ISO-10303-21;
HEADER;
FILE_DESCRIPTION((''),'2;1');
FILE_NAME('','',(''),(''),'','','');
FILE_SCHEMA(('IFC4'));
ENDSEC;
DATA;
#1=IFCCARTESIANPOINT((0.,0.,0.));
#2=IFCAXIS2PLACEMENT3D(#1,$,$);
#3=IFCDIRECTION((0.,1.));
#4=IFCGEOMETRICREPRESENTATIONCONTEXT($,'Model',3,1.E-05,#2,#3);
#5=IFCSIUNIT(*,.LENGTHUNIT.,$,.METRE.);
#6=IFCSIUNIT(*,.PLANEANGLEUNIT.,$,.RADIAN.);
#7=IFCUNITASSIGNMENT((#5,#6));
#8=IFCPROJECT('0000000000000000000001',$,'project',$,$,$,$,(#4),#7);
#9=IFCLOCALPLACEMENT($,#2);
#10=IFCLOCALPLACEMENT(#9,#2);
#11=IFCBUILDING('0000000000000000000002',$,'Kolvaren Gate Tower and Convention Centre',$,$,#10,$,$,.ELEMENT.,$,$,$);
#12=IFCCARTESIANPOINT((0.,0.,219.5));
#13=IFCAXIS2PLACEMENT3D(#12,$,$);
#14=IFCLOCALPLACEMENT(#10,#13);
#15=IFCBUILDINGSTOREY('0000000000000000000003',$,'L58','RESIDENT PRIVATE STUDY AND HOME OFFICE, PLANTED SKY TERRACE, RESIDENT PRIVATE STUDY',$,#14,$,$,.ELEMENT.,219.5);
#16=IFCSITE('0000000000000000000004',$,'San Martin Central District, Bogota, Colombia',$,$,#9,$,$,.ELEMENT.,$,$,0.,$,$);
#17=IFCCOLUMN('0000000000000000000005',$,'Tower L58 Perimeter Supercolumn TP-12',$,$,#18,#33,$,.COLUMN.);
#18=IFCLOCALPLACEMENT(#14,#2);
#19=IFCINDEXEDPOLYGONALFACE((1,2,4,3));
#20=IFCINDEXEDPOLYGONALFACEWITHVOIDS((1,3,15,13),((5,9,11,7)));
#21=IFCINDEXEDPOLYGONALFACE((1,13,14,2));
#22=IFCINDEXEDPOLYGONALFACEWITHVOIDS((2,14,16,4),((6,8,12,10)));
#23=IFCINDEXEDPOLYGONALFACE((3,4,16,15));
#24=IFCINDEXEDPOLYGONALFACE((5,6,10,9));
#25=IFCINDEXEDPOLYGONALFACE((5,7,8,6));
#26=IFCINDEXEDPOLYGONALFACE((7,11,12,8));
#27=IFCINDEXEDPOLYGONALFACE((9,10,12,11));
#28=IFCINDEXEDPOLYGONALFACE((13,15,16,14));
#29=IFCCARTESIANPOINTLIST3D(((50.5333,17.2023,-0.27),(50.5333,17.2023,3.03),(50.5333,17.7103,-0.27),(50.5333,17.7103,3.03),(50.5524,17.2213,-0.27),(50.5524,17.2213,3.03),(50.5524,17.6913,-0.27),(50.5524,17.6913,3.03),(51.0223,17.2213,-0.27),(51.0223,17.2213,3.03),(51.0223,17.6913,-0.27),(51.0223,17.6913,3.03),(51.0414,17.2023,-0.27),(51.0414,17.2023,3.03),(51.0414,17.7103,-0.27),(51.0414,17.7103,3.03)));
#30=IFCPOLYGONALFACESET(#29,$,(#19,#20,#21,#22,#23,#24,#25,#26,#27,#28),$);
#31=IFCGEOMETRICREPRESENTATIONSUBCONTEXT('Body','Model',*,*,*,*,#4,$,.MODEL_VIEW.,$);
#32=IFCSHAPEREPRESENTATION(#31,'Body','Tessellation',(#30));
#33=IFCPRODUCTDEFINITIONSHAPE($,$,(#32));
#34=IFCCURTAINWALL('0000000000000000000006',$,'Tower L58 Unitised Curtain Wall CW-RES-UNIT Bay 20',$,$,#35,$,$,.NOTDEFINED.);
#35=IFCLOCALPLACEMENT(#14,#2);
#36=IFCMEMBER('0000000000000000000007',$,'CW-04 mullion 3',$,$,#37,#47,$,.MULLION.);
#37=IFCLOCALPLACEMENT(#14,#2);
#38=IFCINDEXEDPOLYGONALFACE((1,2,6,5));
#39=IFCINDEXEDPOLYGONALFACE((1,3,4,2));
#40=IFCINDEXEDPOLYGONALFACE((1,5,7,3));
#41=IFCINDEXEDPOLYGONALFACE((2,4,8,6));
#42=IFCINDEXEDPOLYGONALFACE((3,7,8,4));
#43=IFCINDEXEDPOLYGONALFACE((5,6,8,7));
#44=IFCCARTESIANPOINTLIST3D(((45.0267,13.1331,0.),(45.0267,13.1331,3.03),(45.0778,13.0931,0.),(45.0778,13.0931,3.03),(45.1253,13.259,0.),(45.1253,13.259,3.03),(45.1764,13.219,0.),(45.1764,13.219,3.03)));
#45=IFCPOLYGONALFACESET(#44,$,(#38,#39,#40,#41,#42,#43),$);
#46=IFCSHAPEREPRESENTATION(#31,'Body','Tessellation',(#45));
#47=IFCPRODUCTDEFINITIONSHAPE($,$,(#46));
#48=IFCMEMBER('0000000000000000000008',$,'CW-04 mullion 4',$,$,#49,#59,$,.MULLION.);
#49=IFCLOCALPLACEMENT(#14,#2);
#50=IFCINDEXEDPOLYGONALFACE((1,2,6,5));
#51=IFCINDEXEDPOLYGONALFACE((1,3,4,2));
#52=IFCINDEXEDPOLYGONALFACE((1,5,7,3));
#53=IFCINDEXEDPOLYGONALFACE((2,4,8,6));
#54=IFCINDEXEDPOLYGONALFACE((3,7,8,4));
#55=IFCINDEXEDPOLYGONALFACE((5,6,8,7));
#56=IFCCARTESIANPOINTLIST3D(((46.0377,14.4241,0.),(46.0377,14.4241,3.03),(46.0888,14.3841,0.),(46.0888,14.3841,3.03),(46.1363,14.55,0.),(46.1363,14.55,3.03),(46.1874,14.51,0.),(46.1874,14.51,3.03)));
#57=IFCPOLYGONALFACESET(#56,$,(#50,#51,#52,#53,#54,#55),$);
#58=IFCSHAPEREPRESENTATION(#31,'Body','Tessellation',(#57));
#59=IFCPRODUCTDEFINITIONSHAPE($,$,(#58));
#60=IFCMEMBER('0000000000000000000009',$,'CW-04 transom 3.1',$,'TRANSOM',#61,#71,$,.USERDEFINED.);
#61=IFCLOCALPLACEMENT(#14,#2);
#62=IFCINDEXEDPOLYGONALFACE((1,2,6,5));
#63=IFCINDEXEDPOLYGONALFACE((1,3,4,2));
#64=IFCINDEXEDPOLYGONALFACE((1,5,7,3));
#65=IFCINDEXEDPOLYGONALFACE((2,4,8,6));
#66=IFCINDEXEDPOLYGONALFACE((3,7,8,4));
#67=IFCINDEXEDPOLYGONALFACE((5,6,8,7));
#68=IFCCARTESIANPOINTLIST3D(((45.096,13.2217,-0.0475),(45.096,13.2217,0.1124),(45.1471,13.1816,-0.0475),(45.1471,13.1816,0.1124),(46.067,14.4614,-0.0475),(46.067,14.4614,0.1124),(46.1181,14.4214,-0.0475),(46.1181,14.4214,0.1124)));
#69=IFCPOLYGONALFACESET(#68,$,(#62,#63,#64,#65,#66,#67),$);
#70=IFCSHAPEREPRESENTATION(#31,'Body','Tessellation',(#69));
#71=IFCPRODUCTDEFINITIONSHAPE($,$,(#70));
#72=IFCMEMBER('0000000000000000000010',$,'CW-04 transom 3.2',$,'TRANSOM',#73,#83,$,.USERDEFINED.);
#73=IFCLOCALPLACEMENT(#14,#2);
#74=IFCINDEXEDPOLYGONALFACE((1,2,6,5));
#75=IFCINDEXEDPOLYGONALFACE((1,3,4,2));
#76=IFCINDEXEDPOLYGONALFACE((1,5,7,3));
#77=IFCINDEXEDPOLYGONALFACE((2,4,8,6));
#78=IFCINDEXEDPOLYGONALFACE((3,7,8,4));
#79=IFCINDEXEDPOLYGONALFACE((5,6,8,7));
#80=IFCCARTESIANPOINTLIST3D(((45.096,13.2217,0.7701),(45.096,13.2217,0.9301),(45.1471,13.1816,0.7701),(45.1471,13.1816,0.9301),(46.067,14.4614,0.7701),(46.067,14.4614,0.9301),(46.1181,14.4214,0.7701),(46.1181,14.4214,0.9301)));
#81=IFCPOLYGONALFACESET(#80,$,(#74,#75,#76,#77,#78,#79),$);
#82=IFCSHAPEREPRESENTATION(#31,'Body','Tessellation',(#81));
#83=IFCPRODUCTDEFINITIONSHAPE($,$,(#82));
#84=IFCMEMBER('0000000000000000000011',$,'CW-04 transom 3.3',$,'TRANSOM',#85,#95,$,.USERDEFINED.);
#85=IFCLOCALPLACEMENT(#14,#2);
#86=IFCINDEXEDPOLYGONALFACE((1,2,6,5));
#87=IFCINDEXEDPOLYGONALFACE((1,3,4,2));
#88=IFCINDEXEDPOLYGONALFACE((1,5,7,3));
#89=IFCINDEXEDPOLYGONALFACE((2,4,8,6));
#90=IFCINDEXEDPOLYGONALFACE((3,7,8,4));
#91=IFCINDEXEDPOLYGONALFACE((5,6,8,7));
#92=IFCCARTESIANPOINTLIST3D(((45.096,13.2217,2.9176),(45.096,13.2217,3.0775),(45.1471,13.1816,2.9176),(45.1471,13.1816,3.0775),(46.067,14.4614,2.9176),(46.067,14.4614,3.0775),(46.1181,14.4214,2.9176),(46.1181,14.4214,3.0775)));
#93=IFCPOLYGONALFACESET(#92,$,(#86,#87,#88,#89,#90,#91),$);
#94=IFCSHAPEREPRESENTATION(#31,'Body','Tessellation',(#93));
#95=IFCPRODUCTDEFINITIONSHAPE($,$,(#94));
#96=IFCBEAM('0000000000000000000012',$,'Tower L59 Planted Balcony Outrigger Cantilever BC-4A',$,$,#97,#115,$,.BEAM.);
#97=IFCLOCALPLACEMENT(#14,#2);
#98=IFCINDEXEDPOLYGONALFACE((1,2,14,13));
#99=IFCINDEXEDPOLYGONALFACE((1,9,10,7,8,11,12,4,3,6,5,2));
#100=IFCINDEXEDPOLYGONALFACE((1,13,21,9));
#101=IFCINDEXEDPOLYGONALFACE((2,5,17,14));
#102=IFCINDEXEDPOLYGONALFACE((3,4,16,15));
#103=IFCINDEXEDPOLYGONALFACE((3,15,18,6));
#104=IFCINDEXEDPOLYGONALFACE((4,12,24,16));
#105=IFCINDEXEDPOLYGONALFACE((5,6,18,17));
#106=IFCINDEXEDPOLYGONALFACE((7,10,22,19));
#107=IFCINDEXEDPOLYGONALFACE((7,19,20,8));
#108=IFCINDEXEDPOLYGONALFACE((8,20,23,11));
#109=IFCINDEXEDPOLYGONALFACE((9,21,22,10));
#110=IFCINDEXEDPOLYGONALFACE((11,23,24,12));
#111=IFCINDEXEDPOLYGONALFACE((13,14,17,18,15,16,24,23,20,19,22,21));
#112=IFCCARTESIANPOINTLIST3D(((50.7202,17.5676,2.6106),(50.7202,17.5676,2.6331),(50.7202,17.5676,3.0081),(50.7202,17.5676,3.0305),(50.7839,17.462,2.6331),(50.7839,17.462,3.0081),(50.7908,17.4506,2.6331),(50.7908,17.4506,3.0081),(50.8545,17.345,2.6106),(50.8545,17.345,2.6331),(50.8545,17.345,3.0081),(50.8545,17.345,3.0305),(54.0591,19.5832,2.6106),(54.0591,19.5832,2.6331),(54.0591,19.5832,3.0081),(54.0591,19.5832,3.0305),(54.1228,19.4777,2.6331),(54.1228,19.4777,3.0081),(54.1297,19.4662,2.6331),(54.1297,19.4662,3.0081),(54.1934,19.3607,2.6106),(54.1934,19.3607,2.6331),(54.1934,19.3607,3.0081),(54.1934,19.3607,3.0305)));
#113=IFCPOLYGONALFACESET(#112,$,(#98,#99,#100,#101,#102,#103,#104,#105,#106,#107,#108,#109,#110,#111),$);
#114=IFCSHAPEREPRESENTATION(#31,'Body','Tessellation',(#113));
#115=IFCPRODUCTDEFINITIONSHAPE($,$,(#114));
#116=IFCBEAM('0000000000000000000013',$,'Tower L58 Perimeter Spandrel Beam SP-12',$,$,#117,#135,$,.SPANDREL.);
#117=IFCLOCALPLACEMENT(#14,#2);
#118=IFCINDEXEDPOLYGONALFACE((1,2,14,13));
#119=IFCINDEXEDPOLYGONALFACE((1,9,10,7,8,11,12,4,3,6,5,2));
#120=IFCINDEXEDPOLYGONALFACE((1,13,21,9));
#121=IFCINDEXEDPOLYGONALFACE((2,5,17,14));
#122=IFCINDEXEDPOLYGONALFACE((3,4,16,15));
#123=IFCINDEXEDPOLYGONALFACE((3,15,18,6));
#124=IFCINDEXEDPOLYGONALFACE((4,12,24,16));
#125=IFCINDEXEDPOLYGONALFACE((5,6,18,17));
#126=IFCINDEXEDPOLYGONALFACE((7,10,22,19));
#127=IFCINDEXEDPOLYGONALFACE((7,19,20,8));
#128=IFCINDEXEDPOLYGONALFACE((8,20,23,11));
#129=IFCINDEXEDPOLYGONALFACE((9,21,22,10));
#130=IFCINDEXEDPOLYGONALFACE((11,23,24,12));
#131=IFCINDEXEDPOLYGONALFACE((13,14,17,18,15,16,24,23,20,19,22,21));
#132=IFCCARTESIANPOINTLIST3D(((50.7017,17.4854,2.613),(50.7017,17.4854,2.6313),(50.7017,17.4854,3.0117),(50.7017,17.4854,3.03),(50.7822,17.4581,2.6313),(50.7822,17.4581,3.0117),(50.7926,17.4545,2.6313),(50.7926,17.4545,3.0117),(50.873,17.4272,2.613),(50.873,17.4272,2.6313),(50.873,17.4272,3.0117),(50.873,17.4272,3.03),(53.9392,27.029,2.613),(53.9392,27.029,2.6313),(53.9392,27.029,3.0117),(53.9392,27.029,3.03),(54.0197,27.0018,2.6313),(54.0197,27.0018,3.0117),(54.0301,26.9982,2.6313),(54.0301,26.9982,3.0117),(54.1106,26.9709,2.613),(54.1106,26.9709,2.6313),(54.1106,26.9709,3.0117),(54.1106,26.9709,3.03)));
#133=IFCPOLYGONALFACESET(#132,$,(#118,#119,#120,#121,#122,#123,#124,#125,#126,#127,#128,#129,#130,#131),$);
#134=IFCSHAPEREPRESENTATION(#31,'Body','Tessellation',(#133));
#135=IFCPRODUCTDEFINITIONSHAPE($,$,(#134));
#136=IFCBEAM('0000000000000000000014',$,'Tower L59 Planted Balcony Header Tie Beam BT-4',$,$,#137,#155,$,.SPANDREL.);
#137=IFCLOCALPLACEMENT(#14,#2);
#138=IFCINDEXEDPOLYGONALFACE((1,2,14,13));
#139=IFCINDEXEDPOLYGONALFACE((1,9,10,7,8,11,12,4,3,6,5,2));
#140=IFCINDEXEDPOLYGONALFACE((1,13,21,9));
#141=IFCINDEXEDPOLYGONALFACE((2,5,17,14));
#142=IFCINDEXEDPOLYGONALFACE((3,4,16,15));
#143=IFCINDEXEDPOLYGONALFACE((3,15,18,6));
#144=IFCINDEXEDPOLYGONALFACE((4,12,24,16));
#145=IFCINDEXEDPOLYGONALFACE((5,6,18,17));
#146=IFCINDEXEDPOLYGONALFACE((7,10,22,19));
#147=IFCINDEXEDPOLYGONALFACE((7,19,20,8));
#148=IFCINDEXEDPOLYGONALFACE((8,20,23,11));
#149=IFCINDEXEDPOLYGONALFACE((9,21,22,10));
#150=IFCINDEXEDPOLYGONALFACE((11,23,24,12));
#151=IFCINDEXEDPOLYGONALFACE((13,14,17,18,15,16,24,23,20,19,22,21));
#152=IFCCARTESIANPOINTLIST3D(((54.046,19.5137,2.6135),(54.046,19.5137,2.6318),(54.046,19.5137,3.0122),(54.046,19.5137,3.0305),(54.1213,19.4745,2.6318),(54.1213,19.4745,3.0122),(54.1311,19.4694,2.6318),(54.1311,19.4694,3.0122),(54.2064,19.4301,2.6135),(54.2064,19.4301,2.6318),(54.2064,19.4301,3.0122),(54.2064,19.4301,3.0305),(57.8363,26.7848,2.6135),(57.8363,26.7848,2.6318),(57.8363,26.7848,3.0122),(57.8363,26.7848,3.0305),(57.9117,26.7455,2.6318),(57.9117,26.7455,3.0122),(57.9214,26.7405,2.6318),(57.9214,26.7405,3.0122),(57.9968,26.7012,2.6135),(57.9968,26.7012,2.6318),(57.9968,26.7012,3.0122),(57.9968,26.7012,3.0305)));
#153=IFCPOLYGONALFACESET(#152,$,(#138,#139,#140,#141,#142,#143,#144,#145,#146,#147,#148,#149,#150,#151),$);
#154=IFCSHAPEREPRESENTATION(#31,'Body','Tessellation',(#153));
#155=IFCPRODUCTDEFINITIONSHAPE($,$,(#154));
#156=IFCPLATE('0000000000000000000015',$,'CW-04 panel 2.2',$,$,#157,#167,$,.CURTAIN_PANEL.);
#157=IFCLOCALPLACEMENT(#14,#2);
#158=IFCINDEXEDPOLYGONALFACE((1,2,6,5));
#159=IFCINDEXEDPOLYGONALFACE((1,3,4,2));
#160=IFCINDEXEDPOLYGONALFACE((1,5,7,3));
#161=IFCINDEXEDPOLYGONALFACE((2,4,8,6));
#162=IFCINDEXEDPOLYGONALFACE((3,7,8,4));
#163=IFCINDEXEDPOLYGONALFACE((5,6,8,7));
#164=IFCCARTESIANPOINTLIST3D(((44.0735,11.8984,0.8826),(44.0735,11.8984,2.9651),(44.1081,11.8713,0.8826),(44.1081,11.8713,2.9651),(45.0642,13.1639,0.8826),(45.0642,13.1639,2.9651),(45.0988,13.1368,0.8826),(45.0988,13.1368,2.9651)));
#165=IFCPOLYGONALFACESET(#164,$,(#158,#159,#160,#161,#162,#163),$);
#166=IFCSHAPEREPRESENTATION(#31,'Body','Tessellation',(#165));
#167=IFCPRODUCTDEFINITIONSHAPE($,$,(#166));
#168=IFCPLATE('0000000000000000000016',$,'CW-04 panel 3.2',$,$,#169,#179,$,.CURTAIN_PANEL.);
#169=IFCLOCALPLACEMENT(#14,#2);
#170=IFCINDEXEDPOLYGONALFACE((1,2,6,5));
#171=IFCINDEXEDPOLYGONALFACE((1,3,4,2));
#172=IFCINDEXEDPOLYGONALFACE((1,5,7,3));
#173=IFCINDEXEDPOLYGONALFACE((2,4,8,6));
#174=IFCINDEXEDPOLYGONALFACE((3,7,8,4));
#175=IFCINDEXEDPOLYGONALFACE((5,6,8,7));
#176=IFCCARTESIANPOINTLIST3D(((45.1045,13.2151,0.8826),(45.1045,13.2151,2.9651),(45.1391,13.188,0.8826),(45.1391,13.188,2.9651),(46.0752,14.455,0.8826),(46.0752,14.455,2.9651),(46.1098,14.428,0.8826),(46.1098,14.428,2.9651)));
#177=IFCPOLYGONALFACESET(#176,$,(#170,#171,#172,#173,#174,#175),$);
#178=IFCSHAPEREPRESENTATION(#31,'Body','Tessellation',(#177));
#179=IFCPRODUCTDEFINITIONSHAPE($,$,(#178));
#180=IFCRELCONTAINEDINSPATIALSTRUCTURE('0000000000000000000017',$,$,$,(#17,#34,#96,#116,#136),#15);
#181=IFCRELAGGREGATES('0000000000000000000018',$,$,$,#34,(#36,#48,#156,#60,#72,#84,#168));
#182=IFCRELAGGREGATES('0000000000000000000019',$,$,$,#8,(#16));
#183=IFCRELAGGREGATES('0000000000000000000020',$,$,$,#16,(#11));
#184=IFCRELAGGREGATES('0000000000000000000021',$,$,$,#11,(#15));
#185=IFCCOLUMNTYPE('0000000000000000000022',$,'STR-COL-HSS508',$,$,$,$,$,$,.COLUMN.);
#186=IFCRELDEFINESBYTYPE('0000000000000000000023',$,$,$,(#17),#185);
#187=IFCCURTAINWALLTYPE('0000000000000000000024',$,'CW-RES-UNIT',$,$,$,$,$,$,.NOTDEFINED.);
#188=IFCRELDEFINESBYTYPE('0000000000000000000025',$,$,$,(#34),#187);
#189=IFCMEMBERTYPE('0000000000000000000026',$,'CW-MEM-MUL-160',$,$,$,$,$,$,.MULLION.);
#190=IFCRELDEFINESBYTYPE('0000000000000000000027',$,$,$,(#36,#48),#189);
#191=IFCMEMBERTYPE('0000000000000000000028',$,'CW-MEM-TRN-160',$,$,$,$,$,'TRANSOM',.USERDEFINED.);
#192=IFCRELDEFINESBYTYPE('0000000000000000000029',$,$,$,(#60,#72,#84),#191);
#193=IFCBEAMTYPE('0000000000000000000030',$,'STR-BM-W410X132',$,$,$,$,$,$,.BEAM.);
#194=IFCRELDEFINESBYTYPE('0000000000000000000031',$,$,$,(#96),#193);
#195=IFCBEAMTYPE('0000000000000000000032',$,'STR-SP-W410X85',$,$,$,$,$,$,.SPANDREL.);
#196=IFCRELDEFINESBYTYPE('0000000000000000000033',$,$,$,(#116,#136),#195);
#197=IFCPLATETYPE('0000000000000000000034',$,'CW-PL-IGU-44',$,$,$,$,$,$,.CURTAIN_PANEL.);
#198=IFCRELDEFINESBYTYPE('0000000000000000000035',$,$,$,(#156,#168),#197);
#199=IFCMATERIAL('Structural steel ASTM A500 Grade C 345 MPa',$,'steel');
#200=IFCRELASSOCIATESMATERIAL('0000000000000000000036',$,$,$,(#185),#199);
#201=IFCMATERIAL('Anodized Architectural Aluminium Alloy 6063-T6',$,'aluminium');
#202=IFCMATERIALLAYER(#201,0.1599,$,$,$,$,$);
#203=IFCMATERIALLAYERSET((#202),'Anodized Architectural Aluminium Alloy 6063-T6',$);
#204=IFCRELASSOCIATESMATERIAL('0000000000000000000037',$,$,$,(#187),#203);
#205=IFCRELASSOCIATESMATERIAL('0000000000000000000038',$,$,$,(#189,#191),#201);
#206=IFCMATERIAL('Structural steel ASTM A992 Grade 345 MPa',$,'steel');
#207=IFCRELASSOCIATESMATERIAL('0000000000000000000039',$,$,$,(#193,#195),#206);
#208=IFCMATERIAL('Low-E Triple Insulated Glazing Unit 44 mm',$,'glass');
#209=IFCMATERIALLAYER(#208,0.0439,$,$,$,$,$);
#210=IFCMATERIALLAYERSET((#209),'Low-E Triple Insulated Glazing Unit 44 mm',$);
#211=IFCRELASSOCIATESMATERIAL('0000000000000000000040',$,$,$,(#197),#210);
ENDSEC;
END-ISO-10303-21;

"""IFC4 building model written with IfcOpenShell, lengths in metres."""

from ifc_helpers import new_model, si_unit, direction, frame, origin, origin_2d, place, context, subcontext, project, spatial, rectangle, hollow_rectangle, i_section, extrude, material, layer, layer_set, material_profile, profile_set, type_object, element, aggregate, save


model = new_model("IFC4")

# Units and contexts
model_context = context("Model", 3, precision=1e-05, world=origin(), true_north=direction((0.0, 1.0)))
body_context = subcontext(model_context, "Body", "Model", "MODEL_VIEW")
ifc_project = project(units=[si_unit("LENGTHUNIT", "METRE"), si_unit("PLANEANGLEUNIT", "RADIAN")], contexts=[model_context])

# Site, building, storey
site_placement = place(None, origin())
site = spatial("IfcSite", under=ifc_project, at=site_placement, Name="San Martin Central District, Bogota, Colombia", CompositionType="ELEMENT", RefElevation=0.0)
building_placement = place(site_placement, origin())
building = spatial("IfcBuilding", under=site, at=building_placement, Name="Kolvaren Gate Tower and Convention Centre", CompositionType="ELEMENT")
storey_placement = place(building_placement, frame((0.0, 0.0, 219.5)))
storey = spatial("IfcBuildingStorey", under=building, at=storey_placement, Name="L58", Description="RESIDENT PRIVATE STUDY AND HOME OFFICE, PLANTED SKY TERRACE, RESIDENT PRIVATE STUDY", CompositionType="ELEMENT", Elevation=219.5)

# Column
ifc_material_1 = material(Name="Structural steel ASTM A500 Grade C 345 MPa", Category="steel")
ifc_material_profile_1 = material_profile(ifc_material_1, hollow_rectangle(XDim=0.5081, YDim=0.5081, WallThickness=0.019, at=origin_2d()), Name="HSS508X508X19.1")
ifc_profile_set_1 = profile_set([ifc_material_profile_1], Name="Structural steel ASTM A500 Grade C 345 MPa")
column_type = type_object("IfcColumnType", Name="STR-COL-HSS508", PredefinedType="COLUMN", material=ifc_profile_set_1)
column_placement = place(storey_placement, frame((50.7874, 17.4563, -0.27), z_axis=(0.0, 0.0, 1.0), x_axis=(1.0, 0.0, 0.0)))
element("IfcColumn", 1, at=column_placement, inside=storey, type_object=column_type, Name="Tower L58 Perimeter Supercolumn TP-12", PredefinedType="COLUMN", context=body_context, shape_type="SweptSolid", body=[
    extrude(hollow_rectangle(XDim=0.5081, YDim=0.5081, WallThickness=0.019, at=origin_2d()), origin(), (0.0, 0.0, 1.0), 3.3),
])

# Curtain wall, members
ifc_material_2 = material(Name="Anodized Architectural Aluminium Alloy 6063-T6", Category="aluminium")
ifc_layer_1 = layer(ifc_material_2, 0.1599)
ifc_layer_set_1 = layer_set([ifc_layer_1], Name="Anodized Architectural Aluminium Alloy 6063-T6")
curtain_wall_type = type_object("IfcCurtainWallType", Name="CW-RES-UNIT", PredefinedType="NOTDEFINED", material=ifc_layer_set_1)
curtain_wall_placement = place(storey_placement, origin())
curtain_wall = element("IfcCurtainWall", 2, at=curtain_wall_placement, inside=storey, type_object=curtain_wall_type, Name="Tower L58 Unitised Curtain Wall CW-RES-UNIT Bay 20", PredefinedType="NOTDEFINED")
ifc_material_profile_2 = material_profile(ifc_material_2, rectangle(XDim=0.0649, YDim=0.1599, at=origin_2d()), Name="CW-MEM-MUL-160")
ifc_profile_set_2 = profile_set([ifc_material_profile_2], Name="Anodized Architectural Aluminium Alloy 6063-T6")
member_type_1 = type_object("IfcMemberType", Name="CW-MEM-MUL-160", PredefinedType="MULLION", material=ifc_profile_set_2)
member_1_placement = place(storey_placement, frame((45.1016, 13.176, 0.0), z_axis=(0.0, 0.0, 1.0), x_axis=(-0.787404, 0.616437, 0.0)))
member_1 = element("IfcMember", 3, at=member_1_placement, type_object=member_type_1, Name="CW-04 mullion 3", PredefinedType="MULLION", context=body_context, shape_type="SweptSolid", body=[
    extrude(rectangle(XDim=0.0649, YDim=0.1599, at=origin_2d()), origin(), (0.0, 0.0, 1.0), 3.03),
])
member_2_placement = place(storey_placement, frame((46.1125, 14.467, 0.0), z_axis=(0.0, 0.0, 1.0), x_axis=(-0.787404, 0.616437, 0.0)))
member_2 = element("IfcMember", 4, at=member_2_placement, type_object=member_type_1, Name="CW-04 mullion 4", PredefinedType="MULLION", context=body_context, shape_type="SweptSolid", body=[
    extrude(rectangle(XDim=0.0649, YDim=0.1599, at=origin_2d()), origin(), (0.0, 0.0, 1.0), 3.03),
])
ifc_material_profile_3 = material_profile(ifc_material_2, rectangle(XDim=0.0649, YDim=0.1599, at=origin_2d()), Name="CW-MEM-TRN-160")
ifc_profile_set_3 = profile_set([ifc_material_profile_3], Name="Anodized Architectural Aluminium Alloy 6063-T6")
member_type_2 = type_object("IfcMemberType", Name="CW-MEM-TRN-160", ElementType="TRANSOM", PredefinedType="USERDEFINED", material=ifc_profile_set_3)
member_3_placement = place(storey_placement, frame((45.1216, 13.2017, 0.0325), z_axis=(0.616588, 0.787286, 0.0), x_axis=(-0.787286, 0.616588, 0.0)))
member_3 = element("IfcMember", 5, at=member_3_placement, type_object=member_type_2, Name="CW-04 transom 3.1", ObjectType="TRANSOM", PredefinedType="USERDEFINED", context=body_context, shape_type="SweptSolid", body=[
    extrude(rectangle(XDim=0.0649, YDim=0.1599, at=origin_2d()), origin(), (0.0, 0.0, 1.0), 1.5747),
])
member_4_placement = place(storey_placement, frame((45.1216, 13.2017, 0.8501), z_axis=(0.616588, 0.787286, 0.0), x_axis=(-0.787286, 0.616588, 0.0)))
member_4 = element("IfcMember", 6, at=member_4_placement, type_object=member_type_2, Name="CW-04 transom 3.2", ObjectType="TRANSOM", PredefinedType="USERDEFINED", context=body_context, shape_type="SweptSolid", body=[
    extrude(rectangle(XDim=0.0649, YDim=0.1599, at=origin_2d()), origin(), (0.0, 0.0, 1.0), 1.5747),
])
member_5_placement = place(storey_placement, frame((45.1216, 13.2017, 2.9976), z_axis=(0.616588, 0.787286, 0.0), x_axis=(-0.787286, 0.616588, 0.0)))
member_5 = element("IfcMember", 7, at=member_5_placement, type_object=member_type_2, Name="CW-04 transom 3.3", ObjectType="TRANSOM", PredefinedType="USERDEFINED", context=body_context, shape_type="SweptSolid", body=[
    extrude(rectangle(XDim=0.0649, YDim=0.1599, at=origin_2d()), origin(), (0.0, 0.0, 1.0), 1.5747),
])

# Beams
ifc_material_3 = material(Name="Structural steel ASTM A992 Grade 345 MPa", Category="steel")
ifc_material_profile_4 = material_profile(ifc_material_3, i_section(OverallWidth=0.26, OverallDepth=0.4199, WebThickness=0.0134, FlangeThickness=0.0225, at=origin_2d()), Name="W410X132")
ifc_profile_set_4 = profile_set([ifc_material_profile_4], Name="Structural steel ASTM A992 Grade 345 MPa")
beam_type_1 = type_object("IfcBeamType", Name="STR-BM-W410X132", PredefinedType="BEAM", material=ifc_profile_set_4)
beam_1_placement = place(storey_placement, frame((50.7874, 17.4563, 2.8206), z_axis=(0.856098, 0.516814, 0.0), x_axis=(-0.516814, 0.856098, 0.0)))
element("IfcBeam", 8, at=beam_1_placement, inside=storey, type_object=beam_type_1, Name="Tower L59 Planted Balcony Outrigger Cantilever BC-4A", PredefinedType="BEAM", context=body_context, shape_type="SweptSolid", body=[
    extrude(i_section(OverallWidth=0.26, OverallDepth=0.4199, WebThickness=0.0134, FlangeThickness=0.0225, at=origin_2d()), origin(), (0.0, 0.0, 1.0), 3.9001),
])
ifc_material_profile_5 = material_profile(ifc_material_3, i_section(OverallWidth=0.1809, OverallDepth=0.417, WebThickness=0.011, FlangeThickness=0.0183, at=origin_2d()), Name="W410X85")
ifc_profile_set_5 = profile_set([ifc_material_profile_5], Name="Structural steel ASTM A992 Grade 345 MPa")
beam_type_2 = type_object("IfcBeamType", Name="STR-SP-W410X85", PredefinedType="SPANDREL", material=ifc_profile_set_5)
beam_2_placement = place(storey_placement, frame((50.7874, 17.4563, 2.8215), z_axis=(0.321253, 0.946994, 0.0), x_axis=(-0.946994, 0.321253, 0.0)))
element("IfcBeam", 9, at=beam_2_placement, inside=storey, type_object=beam_type_2, Name="Tower L58 Perimeter Spandrel Beam SP-12", PredefinedType="SPANDREL", context=body_context, shape_type="SweptSolid", body=[
    extrude(i_section(OverallWidth=0.1809, OverallDepth=0.417, WebThickness=0.011, FlangeThickness=0.0183, at=origin_2d()), origin(), (0.0, 0.0, 1.0), 10.0779),
])
beam_3_placement = place(storey_placement, frame((54.1262, 19.4719, 2.822), z_axis=(0.462252, 0.886749, 0.0), x_axis=(-0.886749, 0.462252, 0.0)))
element("IfcBeam", 10, at=beam_3_placement, inside=storey, type_object=beam_type_2, Name="Tower L59 Planted Balcony Header Tie Beam BT-4", PredefinedType="SPANDREL", context=body_context, shape_type="SweptSolid", body=[
    extrude(i_section(OverallWidth=0.1809, OverallDepth=0.417, WebThickness=0.011, FlangeThickness=0.0183, at=origin_2d()), origin(), (0.0, 0.0, 1.0), 8.1997),
])

# Plates
ifc_material_4 = material(Name="Low-E Triple Insulated Glazing Unit 44 mm", Category="glass")
ifc_layer_2 = layer(ifc_material_4, 0.0439)
ifc_layer_set_2 = layer_set([ifc_layer_2], Name="Low-E Triple Insulated Glazing Unit 44 mm")
plate_type_1 = type_object("IfcPlateType", Name="CW-PL-IGU-44", PredefinedType="CURTAIN_PANEL", material=ifc_layer_set_2)
plate_1_placement = place(storey_placement, frame((44.5862, 12.5176, 0.8826), z_axis=(0.0, 0.0, 1.0), x_axis=(0.616437, 0.787404, 0.0)))
plate_1 = element("IfcPlate", 11, at=plate_1_placement, type_object=plate_type_1, Name="CW-04 panel 2.2", PredefinedType="CURTAIN_PANEL", context=body_context, shape_type="SweptSolid", body=[
    extrude(rectangle(XDim=1.6072, YDim=0.0439, at=origin_2d()), origin(), (0.0, 0.0, 1.0), 2.0825),
])
plate_2_placement = place(storey_placement, frame((45.6072, 13.8215, 0.8826), z_axis=(0.0, 0.0, 1.0), x_axis=(0.616437, 0.787404, 0.0)))
plate_2 = element("IfcPlate", 12, at=plate_2_placement, type_object=plate_type_1, Name="CW-04 panel 3.2", PredefinedType="CURTAIN_PANEL", context=body_context, shape_type="SweptSolid", body=[
    extrude(rectangle(XDim=1.5747, YDim=0.0439, at=origin_2d()), origin(), (0.0, 0.0, 1.0), 2.0825),
])
aggregate(curtain_wall, [member_1, member_2, plate_1, member_3, member_4, member_5, plate_2])

save(model, "model.ifc")
